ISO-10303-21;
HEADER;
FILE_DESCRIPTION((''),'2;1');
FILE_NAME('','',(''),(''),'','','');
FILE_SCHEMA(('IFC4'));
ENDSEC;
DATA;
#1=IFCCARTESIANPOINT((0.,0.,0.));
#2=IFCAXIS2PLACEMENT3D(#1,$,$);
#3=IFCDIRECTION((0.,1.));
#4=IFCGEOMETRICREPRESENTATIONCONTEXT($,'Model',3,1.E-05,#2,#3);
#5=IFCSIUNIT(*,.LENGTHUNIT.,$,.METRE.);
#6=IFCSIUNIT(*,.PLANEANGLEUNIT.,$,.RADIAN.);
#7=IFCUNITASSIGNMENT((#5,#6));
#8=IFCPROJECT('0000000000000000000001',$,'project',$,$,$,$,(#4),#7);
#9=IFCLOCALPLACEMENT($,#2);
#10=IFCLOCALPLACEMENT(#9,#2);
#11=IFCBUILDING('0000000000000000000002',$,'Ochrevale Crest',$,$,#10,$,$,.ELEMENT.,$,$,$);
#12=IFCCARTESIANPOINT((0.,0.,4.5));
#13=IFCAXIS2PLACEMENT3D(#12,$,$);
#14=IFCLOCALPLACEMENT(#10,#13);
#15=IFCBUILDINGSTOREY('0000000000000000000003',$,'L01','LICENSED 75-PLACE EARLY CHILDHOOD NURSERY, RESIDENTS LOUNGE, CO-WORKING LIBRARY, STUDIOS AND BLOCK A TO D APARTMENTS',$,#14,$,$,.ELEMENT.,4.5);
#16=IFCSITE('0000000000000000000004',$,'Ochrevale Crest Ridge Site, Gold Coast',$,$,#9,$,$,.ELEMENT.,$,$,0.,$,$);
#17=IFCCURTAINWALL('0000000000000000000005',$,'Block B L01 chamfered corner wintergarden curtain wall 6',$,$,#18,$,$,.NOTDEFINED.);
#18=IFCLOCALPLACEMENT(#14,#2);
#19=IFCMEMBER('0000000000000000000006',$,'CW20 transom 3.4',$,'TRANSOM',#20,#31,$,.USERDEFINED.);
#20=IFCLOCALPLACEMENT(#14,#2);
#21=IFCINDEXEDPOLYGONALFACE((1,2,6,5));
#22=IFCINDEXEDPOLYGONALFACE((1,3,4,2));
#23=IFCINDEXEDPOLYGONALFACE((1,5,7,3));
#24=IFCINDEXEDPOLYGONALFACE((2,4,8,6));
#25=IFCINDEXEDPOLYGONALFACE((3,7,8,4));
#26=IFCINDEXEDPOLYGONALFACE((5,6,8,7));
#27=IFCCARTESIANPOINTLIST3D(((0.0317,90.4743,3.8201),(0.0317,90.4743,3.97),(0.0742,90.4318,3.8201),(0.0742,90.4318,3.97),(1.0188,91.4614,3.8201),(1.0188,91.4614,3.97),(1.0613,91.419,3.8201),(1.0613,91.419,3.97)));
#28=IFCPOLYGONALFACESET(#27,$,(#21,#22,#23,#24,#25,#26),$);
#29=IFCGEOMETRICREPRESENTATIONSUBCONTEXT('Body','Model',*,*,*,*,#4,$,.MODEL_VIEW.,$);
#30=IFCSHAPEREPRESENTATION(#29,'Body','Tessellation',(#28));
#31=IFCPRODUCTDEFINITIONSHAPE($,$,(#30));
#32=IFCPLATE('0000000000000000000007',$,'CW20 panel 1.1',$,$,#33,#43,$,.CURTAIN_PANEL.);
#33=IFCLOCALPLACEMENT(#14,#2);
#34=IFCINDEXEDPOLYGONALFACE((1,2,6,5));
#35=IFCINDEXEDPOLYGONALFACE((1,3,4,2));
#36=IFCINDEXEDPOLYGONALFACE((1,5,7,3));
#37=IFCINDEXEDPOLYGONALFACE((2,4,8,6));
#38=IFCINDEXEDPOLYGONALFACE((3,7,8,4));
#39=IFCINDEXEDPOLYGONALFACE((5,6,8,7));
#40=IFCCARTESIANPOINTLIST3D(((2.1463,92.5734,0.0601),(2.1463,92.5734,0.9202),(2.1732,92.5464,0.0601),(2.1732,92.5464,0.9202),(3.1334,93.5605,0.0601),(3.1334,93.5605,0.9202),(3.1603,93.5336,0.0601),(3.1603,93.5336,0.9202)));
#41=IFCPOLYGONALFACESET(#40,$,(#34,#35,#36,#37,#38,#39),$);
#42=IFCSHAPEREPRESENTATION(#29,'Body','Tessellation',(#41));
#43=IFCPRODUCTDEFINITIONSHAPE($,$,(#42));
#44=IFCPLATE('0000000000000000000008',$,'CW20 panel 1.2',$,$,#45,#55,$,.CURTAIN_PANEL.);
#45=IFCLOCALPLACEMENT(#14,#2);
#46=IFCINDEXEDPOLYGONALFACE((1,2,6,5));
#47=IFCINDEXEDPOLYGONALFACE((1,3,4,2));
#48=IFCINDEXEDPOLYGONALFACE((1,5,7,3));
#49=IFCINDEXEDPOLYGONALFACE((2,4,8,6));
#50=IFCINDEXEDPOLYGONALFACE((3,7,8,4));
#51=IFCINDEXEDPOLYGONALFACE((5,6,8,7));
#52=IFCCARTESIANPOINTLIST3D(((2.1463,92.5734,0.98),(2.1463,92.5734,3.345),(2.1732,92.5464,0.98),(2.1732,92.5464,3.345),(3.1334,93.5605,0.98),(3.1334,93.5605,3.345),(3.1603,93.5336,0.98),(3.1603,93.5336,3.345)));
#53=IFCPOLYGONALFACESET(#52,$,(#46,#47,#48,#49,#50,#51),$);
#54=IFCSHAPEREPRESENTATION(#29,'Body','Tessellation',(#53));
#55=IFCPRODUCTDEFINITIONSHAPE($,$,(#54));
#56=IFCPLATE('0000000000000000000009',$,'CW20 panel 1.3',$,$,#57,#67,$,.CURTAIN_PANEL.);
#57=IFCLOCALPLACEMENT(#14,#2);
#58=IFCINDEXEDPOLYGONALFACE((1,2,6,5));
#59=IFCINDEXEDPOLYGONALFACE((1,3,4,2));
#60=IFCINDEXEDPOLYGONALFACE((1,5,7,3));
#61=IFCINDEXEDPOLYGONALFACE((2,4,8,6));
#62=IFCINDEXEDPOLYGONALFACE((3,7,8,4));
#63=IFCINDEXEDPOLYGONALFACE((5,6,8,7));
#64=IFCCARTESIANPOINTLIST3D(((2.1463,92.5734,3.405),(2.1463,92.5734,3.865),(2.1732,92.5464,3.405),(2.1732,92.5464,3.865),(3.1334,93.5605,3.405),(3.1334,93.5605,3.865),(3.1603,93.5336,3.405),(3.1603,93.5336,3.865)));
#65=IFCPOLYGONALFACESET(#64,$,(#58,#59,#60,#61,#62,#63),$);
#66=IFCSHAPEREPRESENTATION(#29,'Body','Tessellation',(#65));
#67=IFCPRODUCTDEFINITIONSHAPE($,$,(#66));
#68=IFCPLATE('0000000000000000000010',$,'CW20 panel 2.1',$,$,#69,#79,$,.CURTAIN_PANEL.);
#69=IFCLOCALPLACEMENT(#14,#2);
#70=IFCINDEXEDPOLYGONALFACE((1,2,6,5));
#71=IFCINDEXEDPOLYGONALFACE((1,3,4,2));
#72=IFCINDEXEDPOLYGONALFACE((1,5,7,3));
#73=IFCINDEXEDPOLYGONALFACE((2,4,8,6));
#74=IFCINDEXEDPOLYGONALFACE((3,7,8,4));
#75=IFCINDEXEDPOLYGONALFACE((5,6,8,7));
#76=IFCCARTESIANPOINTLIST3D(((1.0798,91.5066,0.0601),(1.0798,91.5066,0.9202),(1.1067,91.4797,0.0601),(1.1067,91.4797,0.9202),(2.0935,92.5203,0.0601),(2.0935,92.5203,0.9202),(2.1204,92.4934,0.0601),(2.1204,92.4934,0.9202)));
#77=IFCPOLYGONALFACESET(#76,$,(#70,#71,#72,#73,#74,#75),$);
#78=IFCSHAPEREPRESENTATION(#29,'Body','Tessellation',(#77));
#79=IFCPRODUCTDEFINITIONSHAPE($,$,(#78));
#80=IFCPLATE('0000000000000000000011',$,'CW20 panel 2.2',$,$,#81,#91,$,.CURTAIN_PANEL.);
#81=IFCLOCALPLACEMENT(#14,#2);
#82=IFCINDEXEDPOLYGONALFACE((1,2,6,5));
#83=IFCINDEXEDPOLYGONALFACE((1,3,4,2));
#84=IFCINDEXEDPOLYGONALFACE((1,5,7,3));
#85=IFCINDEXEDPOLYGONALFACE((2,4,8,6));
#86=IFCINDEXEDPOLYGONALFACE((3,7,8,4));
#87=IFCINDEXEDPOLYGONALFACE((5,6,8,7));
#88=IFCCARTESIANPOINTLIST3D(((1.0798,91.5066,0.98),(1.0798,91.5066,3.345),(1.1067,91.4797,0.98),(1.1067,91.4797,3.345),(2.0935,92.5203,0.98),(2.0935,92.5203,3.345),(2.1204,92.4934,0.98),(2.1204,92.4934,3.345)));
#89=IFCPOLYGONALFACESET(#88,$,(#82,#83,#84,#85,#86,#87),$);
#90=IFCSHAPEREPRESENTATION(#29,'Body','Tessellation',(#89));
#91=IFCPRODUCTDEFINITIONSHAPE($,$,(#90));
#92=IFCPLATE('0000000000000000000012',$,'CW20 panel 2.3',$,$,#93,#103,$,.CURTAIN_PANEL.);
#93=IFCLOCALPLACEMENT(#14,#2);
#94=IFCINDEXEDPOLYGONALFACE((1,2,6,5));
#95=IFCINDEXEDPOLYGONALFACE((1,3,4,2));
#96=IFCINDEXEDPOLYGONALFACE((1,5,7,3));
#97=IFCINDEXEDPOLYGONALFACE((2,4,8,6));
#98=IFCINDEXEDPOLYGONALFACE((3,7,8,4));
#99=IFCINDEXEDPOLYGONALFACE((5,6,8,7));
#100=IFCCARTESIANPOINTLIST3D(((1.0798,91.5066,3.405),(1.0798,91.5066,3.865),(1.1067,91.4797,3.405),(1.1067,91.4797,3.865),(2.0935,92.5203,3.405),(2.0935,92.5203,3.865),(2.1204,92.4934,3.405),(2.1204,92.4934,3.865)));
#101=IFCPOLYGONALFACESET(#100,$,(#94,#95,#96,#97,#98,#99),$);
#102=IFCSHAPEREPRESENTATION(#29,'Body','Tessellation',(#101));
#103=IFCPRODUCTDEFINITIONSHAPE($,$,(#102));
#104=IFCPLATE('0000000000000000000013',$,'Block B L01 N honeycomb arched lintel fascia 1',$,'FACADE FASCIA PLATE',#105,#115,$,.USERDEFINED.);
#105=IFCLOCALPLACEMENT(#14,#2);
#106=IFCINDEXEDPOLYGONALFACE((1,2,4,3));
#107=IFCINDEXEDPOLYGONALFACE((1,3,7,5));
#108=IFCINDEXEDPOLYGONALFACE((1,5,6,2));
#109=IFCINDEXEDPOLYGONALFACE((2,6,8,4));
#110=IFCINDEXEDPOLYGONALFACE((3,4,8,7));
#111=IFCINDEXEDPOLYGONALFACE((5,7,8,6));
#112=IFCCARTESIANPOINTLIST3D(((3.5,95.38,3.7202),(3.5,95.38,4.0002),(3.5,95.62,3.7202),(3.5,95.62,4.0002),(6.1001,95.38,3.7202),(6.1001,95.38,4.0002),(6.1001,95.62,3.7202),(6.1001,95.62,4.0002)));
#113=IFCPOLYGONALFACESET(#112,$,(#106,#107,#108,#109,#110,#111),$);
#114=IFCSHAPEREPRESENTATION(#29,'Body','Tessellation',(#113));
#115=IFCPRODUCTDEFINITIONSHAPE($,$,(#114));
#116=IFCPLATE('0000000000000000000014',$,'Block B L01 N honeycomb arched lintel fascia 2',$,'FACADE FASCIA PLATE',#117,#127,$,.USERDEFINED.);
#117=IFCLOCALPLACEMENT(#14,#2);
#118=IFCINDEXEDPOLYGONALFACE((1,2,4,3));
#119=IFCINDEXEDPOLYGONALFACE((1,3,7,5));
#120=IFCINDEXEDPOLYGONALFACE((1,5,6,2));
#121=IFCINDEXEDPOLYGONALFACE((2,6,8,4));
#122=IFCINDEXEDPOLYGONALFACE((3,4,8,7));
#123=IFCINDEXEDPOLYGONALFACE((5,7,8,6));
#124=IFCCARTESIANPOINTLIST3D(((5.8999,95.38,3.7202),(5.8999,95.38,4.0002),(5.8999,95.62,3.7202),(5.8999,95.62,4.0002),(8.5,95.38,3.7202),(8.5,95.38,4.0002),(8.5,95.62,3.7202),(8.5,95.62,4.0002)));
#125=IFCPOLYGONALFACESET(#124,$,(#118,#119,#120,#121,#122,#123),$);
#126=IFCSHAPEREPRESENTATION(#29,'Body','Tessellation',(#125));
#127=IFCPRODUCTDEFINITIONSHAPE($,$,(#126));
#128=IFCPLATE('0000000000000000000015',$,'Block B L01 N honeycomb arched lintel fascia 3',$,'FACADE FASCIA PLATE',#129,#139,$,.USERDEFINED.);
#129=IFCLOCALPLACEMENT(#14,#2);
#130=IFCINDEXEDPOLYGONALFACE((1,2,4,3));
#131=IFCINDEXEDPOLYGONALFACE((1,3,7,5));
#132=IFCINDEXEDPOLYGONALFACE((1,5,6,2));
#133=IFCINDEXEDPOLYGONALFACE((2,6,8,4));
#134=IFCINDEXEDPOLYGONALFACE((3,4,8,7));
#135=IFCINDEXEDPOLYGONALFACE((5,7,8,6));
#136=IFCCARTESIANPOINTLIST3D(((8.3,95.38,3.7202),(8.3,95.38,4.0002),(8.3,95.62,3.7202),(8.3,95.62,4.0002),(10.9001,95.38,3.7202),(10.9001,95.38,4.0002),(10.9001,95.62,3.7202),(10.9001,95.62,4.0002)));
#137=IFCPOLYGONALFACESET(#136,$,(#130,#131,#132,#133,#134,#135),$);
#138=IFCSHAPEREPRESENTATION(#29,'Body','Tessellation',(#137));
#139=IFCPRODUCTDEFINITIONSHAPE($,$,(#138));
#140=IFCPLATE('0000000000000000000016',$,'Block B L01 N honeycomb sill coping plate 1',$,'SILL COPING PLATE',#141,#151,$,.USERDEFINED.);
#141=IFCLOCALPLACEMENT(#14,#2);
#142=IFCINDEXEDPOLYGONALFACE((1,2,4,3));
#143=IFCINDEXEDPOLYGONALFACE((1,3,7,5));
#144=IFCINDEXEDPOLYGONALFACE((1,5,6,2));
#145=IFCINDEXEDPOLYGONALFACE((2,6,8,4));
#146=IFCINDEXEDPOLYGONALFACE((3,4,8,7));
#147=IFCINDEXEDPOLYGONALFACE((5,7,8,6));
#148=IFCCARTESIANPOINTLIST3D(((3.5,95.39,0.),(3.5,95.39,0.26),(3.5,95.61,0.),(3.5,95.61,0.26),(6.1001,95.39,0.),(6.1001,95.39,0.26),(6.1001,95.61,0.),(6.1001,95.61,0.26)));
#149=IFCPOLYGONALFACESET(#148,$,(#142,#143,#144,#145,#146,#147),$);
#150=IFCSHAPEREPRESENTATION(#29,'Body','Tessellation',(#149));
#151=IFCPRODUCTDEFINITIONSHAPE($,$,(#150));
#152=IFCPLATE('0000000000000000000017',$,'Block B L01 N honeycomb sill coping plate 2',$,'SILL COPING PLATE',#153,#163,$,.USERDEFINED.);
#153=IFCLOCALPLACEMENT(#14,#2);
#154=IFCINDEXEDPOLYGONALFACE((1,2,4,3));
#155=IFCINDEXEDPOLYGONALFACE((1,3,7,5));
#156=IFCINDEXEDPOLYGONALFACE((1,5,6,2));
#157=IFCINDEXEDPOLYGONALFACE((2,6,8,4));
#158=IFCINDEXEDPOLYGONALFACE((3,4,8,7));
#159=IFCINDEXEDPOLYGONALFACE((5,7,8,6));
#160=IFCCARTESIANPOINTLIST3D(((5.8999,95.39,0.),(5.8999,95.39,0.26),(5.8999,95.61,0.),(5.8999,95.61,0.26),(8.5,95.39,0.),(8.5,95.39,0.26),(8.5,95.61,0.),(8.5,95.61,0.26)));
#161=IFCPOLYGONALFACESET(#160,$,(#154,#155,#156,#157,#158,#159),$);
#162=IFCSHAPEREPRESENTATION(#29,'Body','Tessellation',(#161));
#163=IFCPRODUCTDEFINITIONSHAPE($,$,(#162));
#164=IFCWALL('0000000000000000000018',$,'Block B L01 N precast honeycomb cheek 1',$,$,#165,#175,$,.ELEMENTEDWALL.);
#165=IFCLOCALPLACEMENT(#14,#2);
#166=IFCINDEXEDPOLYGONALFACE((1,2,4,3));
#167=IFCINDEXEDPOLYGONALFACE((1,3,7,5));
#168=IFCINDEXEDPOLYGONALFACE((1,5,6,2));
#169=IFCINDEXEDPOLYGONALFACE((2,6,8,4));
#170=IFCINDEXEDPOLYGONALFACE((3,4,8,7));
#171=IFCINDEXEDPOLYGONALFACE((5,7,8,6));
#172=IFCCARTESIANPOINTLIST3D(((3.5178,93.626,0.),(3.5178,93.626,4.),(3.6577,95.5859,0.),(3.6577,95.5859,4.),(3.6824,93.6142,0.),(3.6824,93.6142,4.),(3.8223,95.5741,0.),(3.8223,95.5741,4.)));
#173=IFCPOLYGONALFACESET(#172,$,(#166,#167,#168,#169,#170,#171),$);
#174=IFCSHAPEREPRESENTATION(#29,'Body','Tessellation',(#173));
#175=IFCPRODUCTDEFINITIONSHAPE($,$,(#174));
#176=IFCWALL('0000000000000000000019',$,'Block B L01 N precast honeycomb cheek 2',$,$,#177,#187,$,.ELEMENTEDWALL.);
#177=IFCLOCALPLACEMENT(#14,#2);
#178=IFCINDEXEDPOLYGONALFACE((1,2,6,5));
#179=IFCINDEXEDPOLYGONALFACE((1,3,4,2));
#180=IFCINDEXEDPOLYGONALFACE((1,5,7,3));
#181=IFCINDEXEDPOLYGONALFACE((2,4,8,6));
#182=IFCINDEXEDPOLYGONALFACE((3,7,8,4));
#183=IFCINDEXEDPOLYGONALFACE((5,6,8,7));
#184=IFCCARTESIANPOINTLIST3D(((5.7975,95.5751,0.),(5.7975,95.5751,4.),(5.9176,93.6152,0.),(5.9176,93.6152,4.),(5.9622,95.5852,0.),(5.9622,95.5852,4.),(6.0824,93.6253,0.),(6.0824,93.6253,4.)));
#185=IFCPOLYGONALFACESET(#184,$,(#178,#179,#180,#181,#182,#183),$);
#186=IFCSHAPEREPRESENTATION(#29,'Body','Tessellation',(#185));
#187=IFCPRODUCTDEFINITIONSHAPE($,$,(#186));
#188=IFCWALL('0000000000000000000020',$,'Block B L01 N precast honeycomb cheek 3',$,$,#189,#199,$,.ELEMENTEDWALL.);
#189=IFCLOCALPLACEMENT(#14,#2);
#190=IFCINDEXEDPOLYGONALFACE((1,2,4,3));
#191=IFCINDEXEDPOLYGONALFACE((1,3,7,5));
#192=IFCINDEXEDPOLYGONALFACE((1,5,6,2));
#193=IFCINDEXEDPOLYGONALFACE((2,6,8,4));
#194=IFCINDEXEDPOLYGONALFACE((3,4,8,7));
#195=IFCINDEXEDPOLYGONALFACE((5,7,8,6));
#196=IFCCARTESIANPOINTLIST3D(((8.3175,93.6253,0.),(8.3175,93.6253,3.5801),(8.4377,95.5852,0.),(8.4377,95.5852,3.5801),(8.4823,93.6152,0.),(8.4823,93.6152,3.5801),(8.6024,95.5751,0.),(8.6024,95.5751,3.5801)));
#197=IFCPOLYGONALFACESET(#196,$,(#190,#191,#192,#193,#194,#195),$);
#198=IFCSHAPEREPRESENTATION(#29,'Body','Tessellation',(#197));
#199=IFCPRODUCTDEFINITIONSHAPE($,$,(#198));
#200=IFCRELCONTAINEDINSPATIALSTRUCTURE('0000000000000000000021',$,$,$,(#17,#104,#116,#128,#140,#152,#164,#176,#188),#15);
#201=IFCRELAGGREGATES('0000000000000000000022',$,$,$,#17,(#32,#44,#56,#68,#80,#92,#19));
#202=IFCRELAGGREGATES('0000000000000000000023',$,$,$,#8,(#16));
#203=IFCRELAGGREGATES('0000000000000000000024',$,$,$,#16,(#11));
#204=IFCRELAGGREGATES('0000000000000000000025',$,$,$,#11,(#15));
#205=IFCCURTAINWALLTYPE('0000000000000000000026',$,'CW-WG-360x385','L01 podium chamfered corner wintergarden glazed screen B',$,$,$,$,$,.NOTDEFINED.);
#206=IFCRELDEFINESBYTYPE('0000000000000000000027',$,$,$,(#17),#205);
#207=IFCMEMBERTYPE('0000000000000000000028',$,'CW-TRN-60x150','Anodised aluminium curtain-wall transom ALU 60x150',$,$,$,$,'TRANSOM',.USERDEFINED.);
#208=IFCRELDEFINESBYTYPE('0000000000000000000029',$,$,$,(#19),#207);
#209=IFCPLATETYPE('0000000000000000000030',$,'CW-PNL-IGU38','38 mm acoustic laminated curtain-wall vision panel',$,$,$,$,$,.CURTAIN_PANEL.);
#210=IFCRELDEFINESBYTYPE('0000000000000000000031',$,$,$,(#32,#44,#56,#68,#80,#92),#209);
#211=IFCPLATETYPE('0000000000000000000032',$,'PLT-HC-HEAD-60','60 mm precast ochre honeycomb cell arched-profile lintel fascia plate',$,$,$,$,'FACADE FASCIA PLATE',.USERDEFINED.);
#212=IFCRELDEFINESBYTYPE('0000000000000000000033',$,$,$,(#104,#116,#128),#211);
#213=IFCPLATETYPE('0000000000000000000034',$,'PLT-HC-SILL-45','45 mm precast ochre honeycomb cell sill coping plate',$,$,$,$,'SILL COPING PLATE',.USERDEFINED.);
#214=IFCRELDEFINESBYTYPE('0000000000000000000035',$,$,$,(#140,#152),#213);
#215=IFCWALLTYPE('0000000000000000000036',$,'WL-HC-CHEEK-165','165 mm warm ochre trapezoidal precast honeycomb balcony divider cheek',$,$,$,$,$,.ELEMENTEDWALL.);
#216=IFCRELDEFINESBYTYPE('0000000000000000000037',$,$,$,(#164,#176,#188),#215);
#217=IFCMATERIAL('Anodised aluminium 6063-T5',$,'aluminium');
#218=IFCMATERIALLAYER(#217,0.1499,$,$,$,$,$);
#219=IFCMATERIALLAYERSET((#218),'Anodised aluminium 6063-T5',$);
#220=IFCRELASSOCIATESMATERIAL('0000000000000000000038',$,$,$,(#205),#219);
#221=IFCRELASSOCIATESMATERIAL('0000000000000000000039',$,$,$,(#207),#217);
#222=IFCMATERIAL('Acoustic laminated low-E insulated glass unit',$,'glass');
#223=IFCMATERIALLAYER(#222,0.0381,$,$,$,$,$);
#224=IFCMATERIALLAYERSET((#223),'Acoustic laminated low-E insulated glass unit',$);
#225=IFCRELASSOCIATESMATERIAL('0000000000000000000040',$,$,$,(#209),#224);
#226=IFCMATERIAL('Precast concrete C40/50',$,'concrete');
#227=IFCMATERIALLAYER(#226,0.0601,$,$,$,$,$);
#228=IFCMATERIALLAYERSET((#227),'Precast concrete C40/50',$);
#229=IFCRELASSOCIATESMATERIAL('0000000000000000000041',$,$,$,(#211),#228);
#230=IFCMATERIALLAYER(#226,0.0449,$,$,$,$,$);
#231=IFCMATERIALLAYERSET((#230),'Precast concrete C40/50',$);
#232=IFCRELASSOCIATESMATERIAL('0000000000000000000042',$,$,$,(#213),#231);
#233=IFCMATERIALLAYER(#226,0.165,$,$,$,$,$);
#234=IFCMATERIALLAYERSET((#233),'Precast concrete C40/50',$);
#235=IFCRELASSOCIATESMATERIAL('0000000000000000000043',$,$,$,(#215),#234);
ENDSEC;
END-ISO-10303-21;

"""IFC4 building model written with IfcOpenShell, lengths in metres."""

from ifc_helpers import new_model, si_unit, direction, frame, frame_2d, origin, origin_2d, place, context, subcontext, project, spatial, rectangle, extrude, material, layer, layer_set, material_profile, profile_set, type_object, element, aggregate, save


model = new_model("IFC4")

# Units and contexts
model_context = context("Model", 3, precision=1e-05, world=origin(), true_north=direction((0.0, 1.0)))
body_context = subcontext(model_context, "Body", "Model", "MODEL_VIEW")
ifc_project = project(units=[si_unit("LENGTHUNIT", "METRE"), si_unit("PLANEANGLEUNIT", "RADIAN")], contexts=[model_context])

# Site, building, storey
site_placement = place(None, origin())
site = spatial("IfcSite", under=ifc_project, at=site_placement, Name="Ochrevale Crest Ridge Site, Gold Coast", CompositionType="ELEMENT", RefElevation=0.0)
building_placement = place(site_placement, origin())
building = spatial("IfcBuilding", under=site, at=building_placement, Name="Ochrevale Crest", CompositionType="ELEMENT")
storey_placement = place(building_placement, frame((0.0, 0.0, 4.5)))
storey = spatial("IfcBuildingStorey", under=building, at=storey_placement, Name="L01", Description="LICENSED 75-PLACE EARLY CHILDHOOD NURSERY, RESIDENTS LOUNGE, CO-WORKING LIBRARY, STUDIOS AND BLOCK A TO D APARTMENTS", CompositionType="ELEMENT", Elevation=4.5)

# Shared definitions
ifc_material_1 = material(Name="Precast concrete C40/50", Category="concrete")

# Curtain wall, member, plates
ifc_material_2 = material(Name="Anodised aluminium 6063-T5", Category="aluminium")
ifc_layer_1 = layer(ifc_material_2, 0.1499)
ifc_layer_set_1 = layer_set([ifc_layer_1], Name="Anodised aluminium 6063-T5")
curtain_wall_type = type_object("IfcCurtainWallType", Name="CW-WG-360x385", Description="L01 podium chamfered corner wintergarden glazed screen B", PredefinedType="NOTDEFINED", material=ifc_layer_set_1)
curtain_wall_placement = place(storey_placement, origin())
curtain_wall = element("IfcCurtainWall", 1, at=curtain_wall_placement, inside=storey, type_object=curtain_wall_type, Name="Block B L01 chamfered corner wintergarden curtain wall 6", PredefinedType="NOTDEFINED")
ifc_material_profile_1 = material_profile(ifc_material_2, rectangle(XDim=0.0601, YDim=0.1499, at=origin_2d()), Name="ALU 60x150")
ifc_profile_set_1 = profile_set([ifc_material_profile_1], Name="Anodised aluminium 6063-T5")
member_type_1 = type_object("IfcMemberType", Name="CW-TRN-60x150", Description="Anodised aluminium curtain-wall transom ALU 60x150", ElementType="TRANSOM", PredefinedType="USERDEFINED", material=ifc_profile_set_1)
member_1_placement = place(storey_placement, frame((1.04, 91.4402, 3.895), z_axis=(-0.707107, -0.707107, 0.0), x_axis=(0.707107, -0.707107, 0.0)))
member_1 = element("IfcMember", 2, at=member_1_placement, type_object=member_type_1, Name="CW20 transom 3.4", ObjectType="TRANSOM", PredefinedType="USERDEFINED", context=body_context, shape_type="SweptSolid", body=[
    extrude(rectangle(XDim=0.0601, YDim=0.1499, at=origin_2d()), origin(), (0.0, 0.0, 1.0), 1.396),
])
ifc_material_3 = material(Name="Acoustic laminated low-E insulated glass unit", Category="glass")
ifc_layer_2 = layer(ifc_material_3, 0.0381)
ifc_layer_set_2 = layer_set([ifc_layer_2], Name="Acoustic laminated low-E insulated glass unit")
plate_type_1 = type_object("IfcPlateType", Name="CW-PNL-IGU38", Description="38 mm acoustic laminated curtain-wall vision panel", PredefinedType="CURTAIN_PANEL", material=ifc_layer_set_2)
plate_1_placement = place(storey_placement, frame((2.6533, 93.0535, 0.0601), z_axis=(0.0, 0.0, 1.0), x_axis=(-0.707107, -0.707107, 0.0)))
plate_1 = element("IfcPlate", 3, at=plate_1_placement, type_object=plate_type_1, Name="CW20 panel 1.1", PredefinedType="CURTAIN_PANEL", context=body_context, shape_type="SweptSolid", body=[
    extrude(rectangle(XDim=1.396, YDim=0.0381, at=origin_2d()), origin(), (0.0, 0.0, 1.0), 0.8601),
])
plate_2_placement = place(storey_placement, frame((2.6533, 93.0535, 0.98), z_axis=(0.0, 0.0, 1.0), x_axis=(-0.707107, -0.707107, 0.0)))
plate_2 = element("IfcPlate", 4, at=plate_2_placement, type_object=plate_type_1, Name="CW20 panel 1.2", PredefinedType="CURTAIN_PANEL", context=body_context, shape_type="SweptSolid", body=[
    extrude(rectangle(XDim=1.396, YDim=0.0381, at=origin_2d()), origin(), (0.0, 0.0, 1.0), 2.365),
])
plate_3_placement = place(storey_placement, frame((2.6533, 93.0535, 3.405), z_axis=(0.0, 0.0, 1.0), x_axis=(-0.707107, -0.707107, 0.0)))
plate_3 = element("IfcPlate", 5, at=plate_3_placement, type_object=plate_type_1, Name="CW20 panel 1.3", PredefinedType="CURTAIN_PANEL", context=body_context, shape_type="SweptSolid", body=[
    extrude(rectangle(XDim=1.396, YDim=0.0381, at=origin_2d()), origin(), (0.0, 0.0, 1.0), 0.46),
])
plate_4_placement = place(storey_placement, frame((1.6001, 92.0, 0.0601), z_axis=(0.0, 0.0, 1.0), x_axis=(-0.707107, -0.707107, 0.0)))
plate_4 = element("IfcPlate", 6, at=plate_4_placement, type_object=plate_type_1, Name="CW20 panel 2.1", PredefinedType="CURTAIN_PANEL", context=body_context, shape_type="SweptSolid", body=[
    extrude(rectangle(XDim=1.4336, YDim=0.0381, at=origin_2d()), origin(), (0.0, 0.0, 1.0), 0.8601),
])
plate_5_placement = place(storey_placement, frame((1.6001, 92.0, 0.98), z_axis=(0.0, 0.0, 1.0), x_axis=(-0.707107, -0.707107, 0.0)))
plate_5 = element("IfcPlate", 7, at=plate_5_placement, type_object=plate_type_1, Name="CW20 panel 2.2", PredefinedType="CURTAIN_PANEL", context=body_context, shape_type="SweptSolid", body=[
    extrude(rectangle(XDim=1.4336, YDim=0.0381, at=origin_2d()), origin(), (0.0, 0.0, 1.0), 2.365),
])
plate_6_placement = place(storey_placement, frame((1.6001, 92.0, 3.405), z_axis=(0.0, 0.0, 1.0), x_axis=(-0.707107, -0.707107, 0.0)))
plate_6 = element("IfcPlate", 8, at=plate_6_placement, type_object=plate_type_1, Name="CW20 panel 2.3", PredefinedType="CURTAIN_PANEL", context=body_context, shape_type="SweptSolid", body=[
    extrude(rectangle(XDim=1.4336, YDim=0.0381, at=origin_2d()), origin(), (0.0, 0.0, 1.0), 0.46),
])
aggregate(curtain_wall, [plate_1, plate_2, plate_3, plate_4, plate_5, plate_6, member_1])

# Plates
ifc_layer_3 = layer(ifc_material_1, 0.0601)
ifc_layer_set_3 = layer_set([ifc_layer_3], Name="Precast concrete C40/50")
plate_type_2 = type_object("IfcPlateType", Name="PLT-HC-HEAD-60", Description="60 mm precast ochre honeycomb cell arched-profile lintel fascia plate", ElementType="FACADE FASCIA PLATE", PredefinedType="USERDEFINED", material=ifc_layer_set_3)
for number, where, z_axis, x_axis, name in (
    (9, (4.8, 95.5, 3.7202), (0.0, 0.0, 1.0), (1.0, 0.0, 0.0), "Block B L01 N honeycomb arched lintel fascia 1"),
    (10, (7.2, 95.5, 3.7202), (0.0, 0.0, 1.0), (1.0, 0.0, 0.0), "Block B L01 N honeycomb arched lintel fascia 2"),
    (11, (9.6001, 95.5, 3.7202), (0.0, 0.0, 1.0), (1.0, 0.0, 0.0), "Block B L01 N honeycomb arched lintel fascia 3"),
):
    element("IfcPlate", number, at=place(storey_placement, frame(where, z_axis=z_axis, x_axis=x_axis)), inside=storey, type_object=plate_type_2, Name=name, ObjectType="FACADE FASCIA PLATE", PredefinedType="USERDEFINED", context=body_context, shape_type="SweptSolid", body=[
        extrude(rectangle(XDim=2.6001, YDim=0.24, at=origin_2d()), origin(), (0.0, 0.0, 1.0), 0.28),
    ])
ifc_layer_4 = layer(ifc_material_1, 0.0449)
ifc_layer_set_4 = layer_set([ifc_layer_4], Name="Precast concrete C40/50")
plate_type_3 = type_object("IfcPlateType", Name="PLT-HC-SILL-45", Description="45 mm precast ochre honeycomb cell sill coping plate", ElementType="SILL COPING PLATE", PredefinedType="USERDEFINED", material=ifc_layer_set_4)
for number, where, z_axis, x_axis, name in (
    (12, (4.8, 95.5, 0.0), (0.0, 0.0, 1.0), (1.0, 0.0, 0.0), "Block B L01 N honeycomb sill coping plate 1"),
    (13, (7.2, 95.5, 0.0), (0.0, 0.0, 1.0), (1.0, 0.0, 0.0), "Block B L01 N honeycomb sill coping plate 2"),
):
    element("IfcPlate", number, at=place(storey_placement, frame(where, z_axis=z_axis, x_axis=x_axis)), inside=storey, type_object=plate_type_3, Name=name, ObjectType="SILL COPING PLATE", PredefinedType="USERDEFINED", context=body_context, shape_type="SweptSolid", body=[
        extrude(rectangle(XDim=2.6001, YDim=0.22, at=origin_2d()), origin(), (0.0, 0.0, 1.0), 0.26),
    ])

# Walls
ifc_layer_5 = layer(ifc_material_1, 0.165)
ifc_layer_set_5 = layer_set([ifc_layer_5], Name="Precast concrete C40/50")
wall_type = type_object("IfcWallType", Name="WL-HC-CHEEK-165", Description="165 mm warm ochre trapezoidal precast honeycomb balcony divider cheek", PredefinedType="ELEMENTEDWALL", material=ifc_layer_set_5)
wall_1_placement = place(storey_placement, frame((3.6001, 93.6201, 0.0), z_axis=(0.0, 0.0, 1.0), x_axis=(0.071194, 0.997462, 0.0)))
element("IfcWall", 14, at=wall_1_placement, inside=storey, type_object=wall_type, Name="Block B L01 N precast honeycomb cheek 1", PredefinedType="ELEMENTEDWALL", context=body_context, shape_type="SweptSolid", body=[
    extrude(rectangle(XDim=1.9648, YDim=0.165, at=frame_2d((0.9824, 0.0))), origin(), (0.0, 0.0, 1.0), 4.0),
])
wall_2_placement = place(storey_placement, frame((6.0, 93.6201, 0.0), z_axis=(0.0, 0.0, 1.0), x_axis=(-0.061171, 0.998127, 0.0)))
element("IfcWall", 15, at=wall_2_placement, inside=storey, type_object=wall_type, Name="Block B L01 N precast honeycomb cheek 2", PredefinedType="ELEMENTEDWALL", context=body_context, shape_type="SweptSolid", body=[
    extrude(rectangle(XDim=1.9636, YDim=0.165, at=frame_2d((0.9819, 0.0))), origin(), (0.0, 0.0, 1.0), 4.0),
])
wall_3_placement = place(storey_placement, frame((8.3999, 93.6201, 0.0), z_axis=(0.0, 0.0, 1.0), x_axis=(0.061171, 0.998127, 0.0)))
element("IfcWall", 16, at=wall_3_placement, inside=storey, type_object=wall_type, Name="Block B L01 N precast honeycomb cheek 3", PredefinedType="ELEMENTEDWALL", context=body_context, shape_type="SweptSolid", body=[
    extrude(rectangle(XDim=1.9636, YDim=0.165, at=frame_2d((0.9819, 0.0))), origin(), (0.0, 0.0, 1.0), 3.5801),
])

save(model, "model.ifc")
